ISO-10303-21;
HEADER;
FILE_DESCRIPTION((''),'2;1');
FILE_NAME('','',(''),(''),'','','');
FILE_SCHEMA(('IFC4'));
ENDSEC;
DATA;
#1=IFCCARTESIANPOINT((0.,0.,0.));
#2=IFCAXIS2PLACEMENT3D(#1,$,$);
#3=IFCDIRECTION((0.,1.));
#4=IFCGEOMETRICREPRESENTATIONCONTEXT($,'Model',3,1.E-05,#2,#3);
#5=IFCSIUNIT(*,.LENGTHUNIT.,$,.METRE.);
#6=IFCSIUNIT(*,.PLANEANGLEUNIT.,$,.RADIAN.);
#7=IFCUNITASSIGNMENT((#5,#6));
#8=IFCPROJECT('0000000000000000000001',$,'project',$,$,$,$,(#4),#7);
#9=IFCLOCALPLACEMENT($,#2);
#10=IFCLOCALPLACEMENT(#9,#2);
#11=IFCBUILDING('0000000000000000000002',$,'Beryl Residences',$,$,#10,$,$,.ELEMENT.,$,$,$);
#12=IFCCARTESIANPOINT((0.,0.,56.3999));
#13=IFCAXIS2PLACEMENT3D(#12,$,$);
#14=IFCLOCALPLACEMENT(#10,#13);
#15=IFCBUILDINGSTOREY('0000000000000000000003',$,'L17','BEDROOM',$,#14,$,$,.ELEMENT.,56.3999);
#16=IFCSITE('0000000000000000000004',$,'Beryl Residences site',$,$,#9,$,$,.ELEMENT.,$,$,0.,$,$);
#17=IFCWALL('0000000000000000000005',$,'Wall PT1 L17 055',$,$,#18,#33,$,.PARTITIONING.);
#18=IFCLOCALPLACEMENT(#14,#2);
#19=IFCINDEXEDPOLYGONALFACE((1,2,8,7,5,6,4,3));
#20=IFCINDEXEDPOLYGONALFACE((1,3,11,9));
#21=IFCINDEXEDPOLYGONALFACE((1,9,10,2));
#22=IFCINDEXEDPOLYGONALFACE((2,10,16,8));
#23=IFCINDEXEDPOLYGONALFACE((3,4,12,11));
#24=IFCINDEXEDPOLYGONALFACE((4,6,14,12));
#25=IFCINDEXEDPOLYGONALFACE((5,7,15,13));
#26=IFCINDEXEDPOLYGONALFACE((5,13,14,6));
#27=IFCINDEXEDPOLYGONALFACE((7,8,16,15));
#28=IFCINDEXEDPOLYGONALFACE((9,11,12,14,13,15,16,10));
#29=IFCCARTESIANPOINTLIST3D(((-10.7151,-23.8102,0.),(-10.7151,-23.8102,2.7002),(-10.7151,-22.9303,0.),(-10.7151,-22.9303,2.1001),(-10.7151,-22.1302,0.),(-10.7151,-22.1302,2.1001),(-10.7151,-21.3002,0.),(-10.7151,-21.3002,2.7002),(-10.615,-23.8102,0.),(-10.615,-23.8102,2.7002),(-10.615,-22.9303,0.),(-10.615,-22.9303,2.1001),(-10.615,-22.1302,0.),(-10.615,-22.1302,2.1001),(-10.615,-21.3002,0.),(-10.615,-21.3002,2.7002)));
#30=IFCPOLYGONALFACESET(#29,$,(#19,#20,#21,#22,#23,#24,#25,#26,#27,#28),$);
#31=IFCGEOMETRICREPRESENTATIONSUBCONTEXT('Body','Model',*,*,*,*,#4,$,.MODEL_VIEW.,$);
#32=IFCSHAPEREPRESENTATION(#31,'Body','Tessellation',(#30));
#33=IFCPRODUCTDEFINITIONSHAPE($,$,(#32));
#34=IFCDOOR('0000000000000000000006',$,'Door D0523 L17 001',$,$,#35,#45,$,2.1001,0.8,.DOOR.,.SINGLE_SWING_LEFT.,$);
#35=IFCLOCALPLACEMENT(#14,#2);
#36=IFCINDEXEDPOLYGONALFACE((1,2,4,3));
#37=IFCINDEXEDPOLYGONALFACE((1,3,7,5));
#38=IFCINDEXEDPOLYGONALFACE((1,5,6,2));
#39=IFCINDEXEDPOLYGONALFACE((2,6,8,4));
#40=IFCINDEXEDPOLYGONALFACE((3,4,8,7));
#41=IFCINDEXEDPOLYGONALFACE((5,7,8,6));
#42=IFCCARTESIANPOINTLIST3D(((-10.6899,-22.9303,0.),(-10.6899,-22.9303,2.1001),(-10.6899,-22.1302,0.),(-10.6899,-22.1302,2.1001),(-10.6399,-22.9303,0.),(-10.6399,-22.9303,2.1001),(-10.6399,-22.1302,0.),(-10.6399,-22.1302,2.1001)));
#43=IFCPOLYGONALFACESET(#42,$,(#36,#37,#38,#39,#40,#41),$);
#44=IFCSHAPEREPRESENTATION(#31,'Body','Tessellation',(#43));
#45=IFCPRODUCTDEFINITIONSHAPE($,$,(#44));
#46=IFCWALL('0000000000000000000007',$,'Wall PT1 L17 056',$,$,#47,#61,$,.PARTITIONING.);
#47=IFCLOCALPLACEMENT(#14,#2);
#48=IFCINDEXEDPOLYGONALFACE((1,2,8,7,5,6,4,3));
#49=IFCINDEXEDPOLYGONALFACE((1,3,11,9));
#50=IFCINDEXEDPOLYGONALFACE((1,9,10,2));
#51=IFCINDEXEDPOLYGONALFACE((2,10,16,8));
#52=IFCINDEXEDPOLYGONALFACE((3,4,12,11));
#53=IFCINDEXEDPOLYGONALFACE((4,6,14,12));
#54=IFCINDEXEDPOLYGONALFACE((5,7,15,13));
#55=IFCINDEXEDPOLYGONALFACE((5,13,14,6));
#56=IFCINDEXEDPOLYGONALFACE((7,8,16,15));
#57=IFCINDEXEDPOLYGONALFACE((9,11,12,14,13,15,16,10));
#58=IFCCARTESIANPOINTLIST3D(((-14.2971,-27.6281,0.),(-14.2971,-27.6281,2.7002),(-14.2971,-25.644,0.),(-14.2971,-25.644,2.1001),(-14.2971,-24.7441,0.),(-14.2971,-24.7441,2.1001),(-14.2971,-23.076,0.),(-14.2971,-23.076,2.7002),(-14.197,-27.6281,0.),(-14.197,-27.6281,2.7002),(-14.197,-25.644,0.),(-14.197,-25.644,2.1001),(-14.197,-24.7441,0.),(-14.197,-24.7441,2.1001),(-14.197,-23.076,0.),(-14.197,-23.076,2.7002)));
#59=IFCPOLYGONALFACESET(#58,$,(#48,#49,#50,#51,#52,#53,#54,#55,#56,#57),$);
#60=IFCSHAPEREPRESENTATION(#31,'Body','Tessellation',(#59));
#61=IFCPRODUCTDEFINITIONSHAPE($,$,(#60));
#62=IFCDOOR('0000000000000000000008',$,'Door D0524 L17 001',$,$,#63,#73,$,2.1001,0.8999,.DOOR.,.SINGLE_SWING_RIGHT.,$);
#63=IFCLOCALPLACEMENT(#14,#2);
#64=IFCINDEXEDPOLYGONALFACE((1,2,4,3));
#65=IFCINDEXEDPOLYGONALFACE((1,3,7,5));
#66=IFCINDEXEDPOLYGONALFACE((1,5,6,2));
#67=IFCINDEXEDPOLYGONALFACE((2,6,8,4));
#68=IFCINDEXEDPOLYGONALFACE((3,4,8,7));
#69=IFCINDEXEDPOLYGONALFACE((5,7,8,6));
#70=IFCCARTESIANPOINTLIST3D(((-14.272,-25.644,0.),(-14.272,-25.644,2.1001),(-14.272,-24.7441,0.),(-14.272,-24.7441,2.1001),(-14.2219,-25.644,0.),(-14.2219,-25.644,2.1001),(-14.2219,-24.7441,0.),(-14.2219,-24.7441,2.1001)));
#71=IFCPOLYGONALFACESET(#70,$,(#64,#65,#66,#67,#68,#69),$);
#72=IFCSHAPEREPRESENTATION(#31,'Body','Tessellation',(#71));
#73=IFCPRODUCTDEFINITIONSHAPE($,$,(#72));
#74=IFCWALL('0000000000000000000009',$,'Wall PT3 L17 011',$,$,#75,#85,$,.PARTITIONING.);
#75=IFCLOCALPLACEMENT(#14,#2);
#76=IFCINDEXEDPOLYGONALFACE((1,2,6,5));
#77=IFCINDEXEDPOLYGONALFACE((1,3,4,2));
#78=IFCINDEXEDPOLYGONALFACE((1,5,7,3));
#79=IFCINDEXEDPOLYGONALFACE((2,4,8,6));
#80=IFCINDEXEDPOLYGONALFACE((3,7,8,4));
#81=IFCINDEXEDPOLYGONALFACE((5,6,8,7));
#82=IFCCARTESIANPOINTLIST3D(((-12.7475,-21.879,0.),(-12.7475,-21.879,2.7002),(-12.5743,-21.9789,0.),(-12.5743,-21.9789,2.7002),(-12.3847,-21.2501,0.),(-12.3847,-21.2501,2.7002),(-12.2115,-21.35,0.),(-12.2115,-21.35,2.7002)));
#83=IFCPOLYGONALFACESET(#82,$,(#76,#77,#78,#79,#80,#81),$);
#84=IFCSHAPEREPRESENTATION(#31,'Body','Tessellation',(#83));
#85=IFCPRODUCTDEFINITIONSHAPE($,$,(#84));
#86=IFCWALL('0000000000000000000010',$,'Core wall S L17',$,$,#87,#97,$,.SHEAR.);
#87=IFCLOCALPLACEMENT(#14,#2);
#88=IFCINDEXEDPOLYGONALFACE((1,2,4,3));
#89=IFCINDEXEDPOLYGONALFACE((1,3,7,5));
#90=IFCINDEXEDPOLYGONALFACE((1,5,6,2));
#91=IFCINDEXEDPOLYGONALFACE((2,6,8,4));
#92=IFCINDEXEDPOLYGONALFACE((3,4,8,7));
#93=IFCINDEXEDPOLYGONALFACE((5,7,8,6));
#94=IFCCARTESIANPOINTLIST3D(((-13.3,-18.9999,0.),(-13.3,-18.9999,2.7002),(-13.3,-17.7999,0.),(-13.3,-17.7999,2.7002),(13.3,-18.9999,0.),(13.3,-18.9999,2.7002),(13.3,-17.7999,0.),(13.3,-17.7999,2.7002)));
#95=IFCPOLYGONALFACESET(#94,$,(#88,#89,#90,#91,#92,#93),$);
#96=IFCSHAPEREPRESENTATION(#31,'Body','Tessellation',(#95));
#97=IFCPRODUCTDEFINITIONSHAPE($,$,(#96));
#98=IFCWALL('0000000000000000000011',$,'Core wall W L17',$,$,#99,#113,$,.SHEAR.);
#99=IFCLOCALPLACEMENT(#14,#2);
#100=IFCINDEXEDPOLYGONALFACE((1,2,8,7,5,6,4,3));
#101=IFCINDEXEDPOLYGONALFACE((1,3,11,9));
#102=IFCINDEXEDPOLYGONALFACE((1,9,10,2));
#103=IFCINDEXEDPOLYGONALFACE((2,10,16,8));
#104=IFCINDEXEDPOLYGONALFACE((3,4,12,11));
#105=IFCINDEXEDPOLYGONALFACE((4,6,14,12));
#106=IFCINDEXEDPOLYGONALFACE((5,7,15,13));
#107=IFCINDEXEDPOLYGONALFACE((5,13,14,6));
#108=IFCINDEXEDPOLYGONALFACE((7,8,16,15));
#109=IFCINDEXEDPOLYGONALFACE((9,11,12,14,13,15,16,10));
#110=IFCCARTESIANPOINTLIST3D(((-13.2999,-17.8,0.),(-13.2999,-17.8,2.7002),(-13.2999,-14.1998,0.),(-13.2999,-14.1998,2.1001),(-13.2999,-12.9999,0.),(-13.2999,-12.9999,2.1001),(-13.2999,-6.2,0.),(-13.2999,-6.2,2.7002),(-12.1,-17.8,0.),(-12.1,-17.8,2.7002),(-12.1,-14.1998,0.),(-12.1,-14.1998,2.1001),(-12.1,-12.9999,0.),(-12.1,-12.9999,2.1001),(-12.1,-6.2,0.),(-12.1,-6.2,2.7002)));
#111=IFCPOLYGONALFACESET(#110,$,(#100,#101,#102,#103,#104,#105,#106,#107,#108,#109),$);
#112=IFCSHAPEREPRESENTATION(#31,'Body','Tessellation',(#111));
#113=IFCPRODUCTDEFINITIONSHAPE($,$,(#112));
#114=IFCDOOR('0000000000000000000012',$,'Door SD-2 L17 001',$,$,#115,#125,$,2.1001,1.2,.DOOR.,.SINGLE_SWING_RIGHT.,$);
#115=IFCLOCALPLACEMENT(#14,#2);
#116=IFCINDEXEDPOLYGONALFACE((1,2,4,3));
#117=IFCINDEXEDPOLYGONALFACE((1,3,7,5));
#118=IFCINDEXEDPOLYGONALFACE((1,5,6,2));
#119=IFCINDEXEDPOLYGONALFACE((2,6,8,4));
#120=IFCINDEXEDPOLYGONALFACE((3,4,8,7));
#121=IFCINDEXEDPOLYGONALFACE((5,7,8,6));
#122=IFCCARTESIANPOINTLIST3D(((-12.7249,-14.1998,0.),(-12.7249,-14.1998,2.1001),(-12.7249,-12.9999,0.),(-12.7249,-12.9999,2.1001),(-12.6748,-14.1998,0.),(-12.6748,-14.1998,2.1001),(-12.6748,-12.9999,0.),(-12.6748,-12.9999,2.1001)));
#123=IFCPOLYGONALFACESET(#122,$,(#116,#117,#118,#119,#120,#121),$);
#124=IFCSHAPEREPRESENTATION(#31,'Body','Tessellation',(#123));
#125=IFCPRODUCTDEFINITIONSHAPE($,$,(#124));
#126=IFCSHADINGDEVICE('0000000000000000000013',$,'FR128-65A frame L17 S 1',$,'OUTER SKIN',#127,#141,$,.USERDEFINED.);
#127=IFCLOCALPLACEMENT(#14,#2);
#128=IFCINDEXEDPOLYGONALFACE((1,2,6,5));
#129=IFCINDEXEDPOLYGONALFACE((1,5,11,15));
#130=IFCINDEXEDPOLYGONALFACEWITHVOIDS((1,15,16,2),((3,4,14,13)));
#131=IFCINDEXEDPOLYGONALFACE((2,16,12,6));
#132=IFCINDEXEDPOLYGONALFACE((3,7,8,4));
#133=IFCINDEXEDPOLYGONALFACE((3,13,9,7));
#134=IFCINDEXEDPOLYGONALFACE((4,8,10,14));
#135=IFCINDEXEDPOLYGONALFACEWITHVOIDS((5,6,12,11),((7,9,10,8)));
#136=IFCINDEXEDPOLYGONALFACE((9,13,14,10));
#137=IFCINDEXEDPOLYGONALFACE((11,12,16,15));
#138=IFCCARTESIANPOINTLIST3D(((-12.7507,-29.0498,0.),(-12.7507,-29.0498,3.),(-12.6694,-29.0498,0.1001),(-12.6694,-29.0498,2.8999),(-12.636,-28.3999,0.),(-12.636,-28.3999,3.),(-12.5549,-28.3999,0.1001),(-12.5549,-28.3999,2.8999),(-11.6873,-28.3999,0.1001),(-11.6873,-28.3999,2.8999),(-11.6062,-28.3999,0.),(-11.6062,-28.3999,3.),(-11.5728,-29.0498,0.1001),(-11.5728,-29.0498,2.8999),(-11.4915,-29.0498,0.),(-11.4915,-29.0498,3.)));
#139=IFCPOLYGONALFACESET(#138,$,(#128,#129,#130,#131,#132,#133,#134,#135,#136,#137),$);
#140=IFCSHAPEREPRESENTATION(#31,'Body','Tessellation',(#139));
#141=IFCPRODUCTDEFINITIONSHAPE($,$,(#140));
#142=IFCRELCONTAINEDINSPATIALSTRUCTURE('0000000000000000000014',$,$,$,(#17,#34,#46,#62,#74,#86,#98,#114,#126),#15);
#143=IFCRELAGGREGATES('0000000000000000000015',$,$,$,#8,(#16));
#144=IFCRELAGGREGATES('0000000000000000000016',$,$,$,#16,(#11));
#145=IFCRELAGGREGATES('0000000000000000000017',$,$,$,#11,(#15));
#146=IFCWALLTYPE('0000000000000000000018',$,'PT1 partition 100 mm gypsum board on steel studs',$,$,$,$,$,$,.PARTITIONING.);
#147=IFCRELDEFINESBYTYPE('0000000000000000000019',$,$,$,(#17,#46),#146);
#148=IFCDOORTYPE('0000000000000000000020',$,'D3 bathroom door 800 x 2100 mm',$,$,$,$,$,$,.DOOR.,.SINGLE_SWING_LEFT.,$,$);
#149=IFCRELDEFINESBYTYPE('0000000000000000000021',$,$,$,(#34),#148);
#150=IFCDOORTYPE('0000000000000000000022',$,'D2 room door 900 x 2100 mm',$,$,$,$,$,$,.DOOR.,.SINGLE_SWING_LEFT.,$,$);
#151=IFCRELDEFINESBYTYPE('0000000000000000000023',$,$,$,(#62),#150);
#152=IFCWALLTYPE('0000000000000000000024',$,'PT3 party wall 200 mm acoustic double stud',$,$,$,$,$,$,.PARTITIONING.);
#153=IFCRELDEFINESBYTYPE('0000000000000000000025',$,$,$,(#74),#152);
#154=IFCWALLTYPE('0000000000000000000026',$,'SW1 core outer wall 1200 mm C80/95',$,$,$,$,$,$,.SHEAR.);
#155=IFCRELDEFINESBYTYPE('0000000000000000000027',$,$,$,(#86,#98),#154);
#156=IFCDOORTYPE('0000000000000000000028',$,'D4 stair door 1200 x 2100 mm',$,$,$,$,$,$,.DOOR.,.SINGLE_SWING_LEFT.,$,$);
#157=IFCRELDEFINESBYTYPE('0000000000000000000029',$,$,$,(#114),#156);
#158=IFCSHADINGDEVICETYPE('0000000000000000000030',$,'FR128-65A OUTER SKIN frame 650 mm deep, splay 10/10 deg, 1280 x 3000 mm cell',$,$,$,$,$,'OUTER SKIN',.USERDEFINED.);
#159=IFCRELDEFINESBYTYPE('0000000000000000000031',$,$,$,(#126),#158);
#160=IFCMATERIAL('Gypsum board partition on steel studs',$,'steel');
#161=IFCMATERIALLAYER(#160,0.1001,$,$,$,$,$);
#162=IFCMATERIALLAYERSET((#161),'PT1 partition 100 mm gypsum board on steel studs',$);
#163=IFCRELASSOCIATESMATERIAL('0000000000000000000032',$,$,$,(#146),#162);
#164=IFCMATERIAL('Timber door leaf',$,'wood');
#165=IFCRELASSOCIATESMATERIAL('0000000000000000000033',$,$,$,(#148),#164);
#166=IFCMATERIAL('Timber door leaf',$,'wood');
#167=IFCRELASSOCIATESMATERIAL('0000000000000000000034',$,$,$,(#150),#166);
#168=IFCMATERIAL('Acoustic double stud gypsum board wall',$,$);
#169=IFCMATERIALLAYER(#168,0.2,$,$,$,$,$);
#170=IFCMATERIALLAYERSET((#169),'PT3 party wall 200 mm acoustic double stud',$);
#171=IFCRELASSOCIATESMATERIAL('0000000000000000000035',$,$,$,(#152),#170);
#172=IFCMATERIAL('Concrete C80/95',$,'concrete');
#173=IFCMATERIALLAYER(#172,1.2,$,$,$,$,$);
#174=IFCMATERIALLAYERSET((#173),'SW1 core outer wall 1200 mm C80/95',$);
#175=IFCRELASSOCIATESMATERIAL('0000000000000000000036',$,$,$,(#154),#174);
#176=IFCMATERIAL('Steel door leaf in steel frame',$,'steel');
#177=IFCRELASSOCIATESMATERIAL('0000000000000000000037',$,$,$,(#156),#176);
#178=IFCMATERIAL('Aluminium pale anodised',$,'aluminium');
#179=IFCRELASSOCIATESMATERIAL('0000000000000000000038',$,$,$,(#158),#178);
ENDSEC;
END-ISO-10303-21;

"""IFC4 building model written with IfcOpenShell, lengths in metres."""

from ifc_helpers import new_model, entity, si_unit, direction, frame, frame_2d, origin, place, context, subcontext, project, spatial, rectangle, extrude, source, transform, mapped, material, layer, layer_set, type_object, type_shapes, element, fill, save


model = new_model("IFC4")

# Units and contexts
model_context = context("Model", 3, precision=1e-05, world=origin(), true_north=direction((0.0, 1.0)))
body_context = subcontext(model_context, "Body", "Model", "MODEL_VIEW")
ifc_project = project(units=[si_unit("LENGTHUNIT", "METRE"), si_unit("PLANEANGLEUNIT", "RADIAN")], contexts=[model_context])

# Site, building, storey
site_placement = place(None, origin())
site = spatial("IfcSite", under=ifc_project, at=site_placement, Name="Beryl Residences site", CompositionType="ELEMENT", RefElevation=0.0)
building_placement = place(site_placement, origin())
building = spatial("IfcBuilding", under=site, at=building_placement, Name="Beryl Residences", CompositionType="ELEMENT")
storey_placement = place(building_placement, frame((0.0, 0.0, 56.3999)))
storey = spatial("IfcBuildingStorey", under=building, at=storey_placement, Name="L17", Description="BEDROOM", CompositionType="ELEMENT", Elevation=56.3999)

# Shared definitions
ifc_material_1 = material(Name="Gypsum board partition on steel studs", Category="steel")
ifc_layer_1 = layer(ifc_material_1, 0.1001)
ifc_layer_set_1 = layer_set([ifc_layer_1], Name="PT1 partition 100 mm gypsum board on steel studs")
wall_type_1 = type_object("IfcWallType", Name="PT1 partition 100 mm gypsum board on steel studs", PredefinedType="PARTITIONING", material=ifc_layer_set_1)

# Walls, openings, doors
wall_1_placement = place(storey_placement, frame((-10.665, -23.8101, 0.0), z_axis=(0.0, 0.0, 1.0), x_axis=(0.0, 1.0, 0.0)))
wall_1 = element("IfcWall", 1, at=wall_1_placement, inside=storey, type_object=wall_type_1, Name="Wall PT1 L17 055", PredefinedType="PARTITIONING", context=body_context, shape_type="SweptSolid", body=[
    extrude(rectangle(XDim=2.51, YDim=0.1001, at=frame_2d((1.2549, 0.0))), origin(), (0.0, 0.0, 1.0), 2.7002),
])
opening_1_placement = place(wall_1_placement, frame((0.8799, 0.0, 0.0)))
opening_1 = element("IfcOpeningElement", 2, at=opening_1_placement, cuts=wall_1, PredefinedType="OPENING", context=body_context, shape_type="SweptSolid", body=[
    extrude(rectangle(XDim=0.8, YDim=2.1001, at=frame_2d((0.3999, 1.05))), frame((0.0, 0.0601, 0.0), z_axis=(0.0, -1.0, 0.0), x_axis=(1.0, 0.0, 0.0)), (0.0, 0.0, 1.0), 0.1201),
])
ifc_material_2 = material(Name="Timber door leaf", Category="wood")
door_type_1 = type_object("IfcDoorType", Name="D3 bathroom door 800 x 2100 mm", OperationType="SINGLE_SWING_LEFT", PredefinedType="DOOR", material=ifc_material_2)
door_1_placement = place(opening_1_placement, origin())
door_1 = element("IfcDoor", 3, at=door_1_placement, inside=storey, type_object=door_type_1, Name="Door D0523 L17 001", OperationType="SINGLE_SWING_LEFT", OverallHeight=2.1001, OverallWidth=0.8, PredefinedType="DOOR", context=body_context, shape_type="SweptSolid", body=[
    extrude(rectangle(XDim=0.8, YDim=2.1001, at=frame_2d((0.3999, 1.05))), frame((0.0, 0.0249, 0.0), z_axis=(0.0, -1.0, 0.0), x_axis=(1.0, 0.0, 0.0)), (0.0, 0.0, 1.0), 0.05),
])
fill(opening_1, door_1)
wall_2_placement = place(storey_placement, frame((-14.2471, -27.6279, 0.0), z_axis=(0.0, 0.0, 1.0), x_axis=(0.0, 1.0, 0.0)))
wall_2 = element("IfcWall", 4, at=wall_2_placement, inside=storey, type_object=wall_type_1, Name="Wall PT1 L17 056", PredefinedType="PARTITIONING", context=body_context, shape_type="SweptSolid", body=[
    extrude(rectangle(XDim=4.552, YDim=0.1001, at=frame_2d((2.2759, 0.0))), origin(), (0.0, 0.0, 1.0), 2.7002),
])
opening_2_placement = place(wall_2_placement, frame((1.9839, 0.0, 0.0)))
opening_2 = element("IfcOpeningElement", 5, at=opening_2_placement, cuts=wall_2, PredefinedType="OPENING", context=body_context, shape_type="SweptSolid", body=[
    extrude(rectangle(XDim=0.8999, YDim=2.1001, at=frame_2d((0.45, 1.05))), frame((0.0, 0.0601, 0.0), z_axis=(0.0, -1.0, 0.0), x_axis=(1.0, 0.0, 0.0)), (0.0, 0.0, 1.0), 0.1201),
])
ifc_material_3 = material(Name="Timber door leaf", Category="wood")
door_type_2 = type_object("IfcDoorType", Name="D2 room door 900 x 2100 mm", OperationType="SINGLE_SWING_LEFT", PredefinedType="DOOR", material=ifc_material_3)
door_2_placement = place(opening_2_placement, origin())
door_2 = element("IfcDoor", 6, at=door_2_placement, inside=storey, type_object=door_type_2, Name="Door D0524 L17 001", OperationType="SINGLE_SWING_RIGHT", OverallHeight=2.1001, OverallWidth=0.8999, PredefinedType="DOOR", context=body_context, shape_type="SweptSolid", body=[
    extrude(rectangle(XDim=0.8999, YDim=2.1001, at=frame_2d((0.45, 1.05))), frame((0.0, 0.0249, 0.0), z_axis=(0.0, -1.0, 0.0), x_axis=(1.0, 0.0, 0.0)), (0.0, 0.0, 1.0), 0.05),
])
fill(opening_2, door_2)

# Walls
ifc_material_4 = material(Name="Acoustic double stud gypsum board wall")
ifc_layer_2 = layer(ifc_material_4, 0.2)
ifc_layer_set_2 = layer_set([ifc_layer_2], Name="PT3 party wall 200 mm acoustic double stud")
wall_type_2 = type_object("IfcWallType", Name="PT3 party wall 200 mm acoustic double stud", PredefinedType="PARTITIONING", material=ifc_layer_set_2)
wall_3_placement = place(storey_placement, frame((-12.6609, -21.929, 0.0), z_axis=(0.0, 0.0, 1.0), x_axis=(0.499684, 0.866208, 0.0)))
element("IfcWall", 7, at=wall_3_placement, inside=storey, type_object=wall_type_2, Name="Wall PT3 L17 011", PredefinedType="PARTITIONING", context=body_context, shape_type="SweptSolid", body=[
    extrude(rectangle(XDim=0.7261, YDim=0.2, at=frame_2d((0.363, 0.0))), origin(), (0.0, 0.0, 1.0), 2.7002),
])
ifc_material_5 = material(Name="Concrete C80/95", Category="concrete")
ifc_layer_3 = layer(ifc_material_5, 1.2)
ifc_layer_set_3 = layer_set([ifc_layer_3], Name="SW1 core outer wall 1200 mm C80/95")
wall_type_3 = type_object("IfcWallType", Name="SW1 core outer wall 1200 mm C80/95", PredefinedType="SHEAR", material=ifc_layer_set_3)
wall_4_placement = place(storey_placement, frame((-13.3, -18.3999, 0.0), z_axis=(0.0, 0.0, 1.0), x_axis=(1.0, 0.0, 0.0)))
element("IfcWall", 8, at=wall_4_placement, inside=storey, type_object=wall_type_3, Name="Core wall S L17", PredefinedType="SHEAR", context=body_context, shape_type="SweptSolid", body=[
    extrude(rectangle(XDim=26.6001, YDim=1.2, at=frame_2d((13.3, 0.0))), origin(), (0.0, 0.0, 1.0), 2.7002),
])

# Wall, opening, door
wall_5_placement = place(storey_placement, frame((-12.7, -17.8, 0.0), z_axis=(0.0, 0.0, 1.0), x_axis=(0.0, 1.0, 0.0)))
wall_5 = element("IfcWall", 9, at=wall_5_placement, inside=storey, type_object=wall_type_3, Name="Core wall W L17", PredefinedType="SHEAR", context=body_context, shape_type="SweptSolid", body=[
    extrude(rectangle(XDim=11.6001, YDim=1.2, at=frame_2d((5.8, 0.0))), origin(), (0.0, 0.0, 1.0), 2.7002),
])
opening_3_placement = place(wall_5_placement, frame((3.6001, 0.0, 0.0)))
opening_3 = element("IfcOpeningElement", 10, at=opening_3_placement, cuts=wall_5, PredefinedType="OPENING", context=body_context, shape_type="SweptSolid", body=[
    extrude(rectangle(XDim=1.2, YDim=2.1001, at=frame_2d((0.6001, 1.05))), frame((0.0, 0.6099, 0.0), z_axis=(0.0, -1.0, 0.0), x_axis=(1.0, 0.0, 0.0)), (0.0, 0.0, 1.0), 1.22),
])
ifc_material_6 = material(Name="Steel door leaf in steel frame", Category="steel")
door_type_3 = type_object("IfcDoorType", Name="D4 stair door 1200 x 2100 mm", OperationType="SINGLE_SWING_LEFT", PredefinedType="DOOR", material=ifc_material_6)
door_3_placement = place(opening_3_placement, origin())
door_3 = element("IfcDoor", 11, at=door_3_placement, inside=storey, type_object=door_type_3, Name="Door SD-2 L17 001", OperationType="SINGLE_SWING_RIGHT", OverallHeight=2.1001, OverallWidth=1.2, PredefinedType="DOOR", context=body_context, shape_type="SweptSolid", body=[
    extrude(rectangle(XDim=1.2, YDim=2.1001, at=frame_2d((0.6001, 1.05))), frame((0.0, 0.0249, 0.0), z_axis=(0.0, -1.0, 0.0), x_axis=(1.0, 0.0, 0.0)), (0.0, 0.0, 1.0), 0.05),
])
fill(opening_3, door_3)

# Shading device
ifc_material_7 = material(Name="Aluminium pale anodised", Category="aluminium")
shading_device_type_1 = type_object("IfcShadingDeviceType", Name="FR128-65A OUTER SKIN frame 650 mm deep, splay 10/10 deg, 1280 x 3000 mm cell", ElementType="OUTER SKIN", PredefinedType="USERDEFINED", material=ifc_material_7)
cartesian_point_1 = entity("IfcCartesianPoint", [-0.5149, 0.0])
cartesian_point_2 = entity("IfcCartesianPoint", [-0.4338, 0.1001])
cartesian_point_3 = entity("IfcCartesianPoint", [-0.6296, 0.0])
cartesian_point_4 = entity("IfcCartesianPoint", [-0.5483, 0.1001])
shared_shape_1 = source(origin(), body_context, "Body", "SweptSolid", [
    entity("IfcExtrudedAreaSolidTapered", entity("IfcArbitraryProfileDefWithVoids", "AREA", None, entity("IfcPolyline", [cartesian_point_1, entity("IfcCartesianPoint", [0.5149, 0.0]), entity("IfcCartesianPoint", [0.5149, 3.0]), entity("IfcCartesianPoint", [-0.5149, 3.0]), cartesian_point_1]), [entity("IfcPolyline", [cartesian_point_2, entity("IfcCartesianPoint", [0.4338, 0.1001]), entity("IfcCartesianPoint", [0.4338, 2.8999]), entity("IfcCartesianPoint", [-0.4338, 2.8999]), cartesian_point_2])]), entity("IfcAxis2Placement3D", entity("IfcCartesianPoint", [0.0, 0.0, 0.0]), entity("IfcDirection", [0.0, 1.0, 0.0]), entity("IfcDirection", [-1.0, 0.0, 0.0])), entity("IfcDirection", [0.0, 0.0, 1.0]), 0.6499, entity("IfcArbitraryProfileDefWithVoids", "AREA", None, entity("IfcPolyline", [cartesian_point_3, entity("IfcCartesianPoint", [0.6296, 0.0]), entity("IfcCartesianPoint", [0.6296, 3.0]), entity("IfcCartesianPoint", [-0.6296, 3.0]), cartesian_point_3]), [entity("IfcPolyline", [cartesian_point_4, entity("IfcCartesianPoint", [0.5483, 0.1001]), entity("IfcCartesianPoint", [0.5483, 2.8999]), entity("IfcCartesianPoint", [-0.5483, 2.8999]), cartesian_point_4])])),
])
type_shapes(shading_device_type_1, [shared_shape_1])
shading_device_1_placement = place(storey_placement, frame((-12.1211, -28.3999, 0.0), z_axis=(0.0, 0.0, 1.0), x_axis=(-1.0, 0.0, 0.0)))
element("IfcShadingDevice", 12, at=shading_device_1_placement, inside=storey, type_object=shading_device_type_1, Name="FR128-65A frame L17 S 1", ObjectType="OUTER SKIN", PredefinedType="USERDEFINED", context=body_context, shape_type="MappedRepresentation", body=[
    mapped(shared_shape_1, transform((0.0, 0.0, 0.0))),
])

save(model, "model.ifc")
